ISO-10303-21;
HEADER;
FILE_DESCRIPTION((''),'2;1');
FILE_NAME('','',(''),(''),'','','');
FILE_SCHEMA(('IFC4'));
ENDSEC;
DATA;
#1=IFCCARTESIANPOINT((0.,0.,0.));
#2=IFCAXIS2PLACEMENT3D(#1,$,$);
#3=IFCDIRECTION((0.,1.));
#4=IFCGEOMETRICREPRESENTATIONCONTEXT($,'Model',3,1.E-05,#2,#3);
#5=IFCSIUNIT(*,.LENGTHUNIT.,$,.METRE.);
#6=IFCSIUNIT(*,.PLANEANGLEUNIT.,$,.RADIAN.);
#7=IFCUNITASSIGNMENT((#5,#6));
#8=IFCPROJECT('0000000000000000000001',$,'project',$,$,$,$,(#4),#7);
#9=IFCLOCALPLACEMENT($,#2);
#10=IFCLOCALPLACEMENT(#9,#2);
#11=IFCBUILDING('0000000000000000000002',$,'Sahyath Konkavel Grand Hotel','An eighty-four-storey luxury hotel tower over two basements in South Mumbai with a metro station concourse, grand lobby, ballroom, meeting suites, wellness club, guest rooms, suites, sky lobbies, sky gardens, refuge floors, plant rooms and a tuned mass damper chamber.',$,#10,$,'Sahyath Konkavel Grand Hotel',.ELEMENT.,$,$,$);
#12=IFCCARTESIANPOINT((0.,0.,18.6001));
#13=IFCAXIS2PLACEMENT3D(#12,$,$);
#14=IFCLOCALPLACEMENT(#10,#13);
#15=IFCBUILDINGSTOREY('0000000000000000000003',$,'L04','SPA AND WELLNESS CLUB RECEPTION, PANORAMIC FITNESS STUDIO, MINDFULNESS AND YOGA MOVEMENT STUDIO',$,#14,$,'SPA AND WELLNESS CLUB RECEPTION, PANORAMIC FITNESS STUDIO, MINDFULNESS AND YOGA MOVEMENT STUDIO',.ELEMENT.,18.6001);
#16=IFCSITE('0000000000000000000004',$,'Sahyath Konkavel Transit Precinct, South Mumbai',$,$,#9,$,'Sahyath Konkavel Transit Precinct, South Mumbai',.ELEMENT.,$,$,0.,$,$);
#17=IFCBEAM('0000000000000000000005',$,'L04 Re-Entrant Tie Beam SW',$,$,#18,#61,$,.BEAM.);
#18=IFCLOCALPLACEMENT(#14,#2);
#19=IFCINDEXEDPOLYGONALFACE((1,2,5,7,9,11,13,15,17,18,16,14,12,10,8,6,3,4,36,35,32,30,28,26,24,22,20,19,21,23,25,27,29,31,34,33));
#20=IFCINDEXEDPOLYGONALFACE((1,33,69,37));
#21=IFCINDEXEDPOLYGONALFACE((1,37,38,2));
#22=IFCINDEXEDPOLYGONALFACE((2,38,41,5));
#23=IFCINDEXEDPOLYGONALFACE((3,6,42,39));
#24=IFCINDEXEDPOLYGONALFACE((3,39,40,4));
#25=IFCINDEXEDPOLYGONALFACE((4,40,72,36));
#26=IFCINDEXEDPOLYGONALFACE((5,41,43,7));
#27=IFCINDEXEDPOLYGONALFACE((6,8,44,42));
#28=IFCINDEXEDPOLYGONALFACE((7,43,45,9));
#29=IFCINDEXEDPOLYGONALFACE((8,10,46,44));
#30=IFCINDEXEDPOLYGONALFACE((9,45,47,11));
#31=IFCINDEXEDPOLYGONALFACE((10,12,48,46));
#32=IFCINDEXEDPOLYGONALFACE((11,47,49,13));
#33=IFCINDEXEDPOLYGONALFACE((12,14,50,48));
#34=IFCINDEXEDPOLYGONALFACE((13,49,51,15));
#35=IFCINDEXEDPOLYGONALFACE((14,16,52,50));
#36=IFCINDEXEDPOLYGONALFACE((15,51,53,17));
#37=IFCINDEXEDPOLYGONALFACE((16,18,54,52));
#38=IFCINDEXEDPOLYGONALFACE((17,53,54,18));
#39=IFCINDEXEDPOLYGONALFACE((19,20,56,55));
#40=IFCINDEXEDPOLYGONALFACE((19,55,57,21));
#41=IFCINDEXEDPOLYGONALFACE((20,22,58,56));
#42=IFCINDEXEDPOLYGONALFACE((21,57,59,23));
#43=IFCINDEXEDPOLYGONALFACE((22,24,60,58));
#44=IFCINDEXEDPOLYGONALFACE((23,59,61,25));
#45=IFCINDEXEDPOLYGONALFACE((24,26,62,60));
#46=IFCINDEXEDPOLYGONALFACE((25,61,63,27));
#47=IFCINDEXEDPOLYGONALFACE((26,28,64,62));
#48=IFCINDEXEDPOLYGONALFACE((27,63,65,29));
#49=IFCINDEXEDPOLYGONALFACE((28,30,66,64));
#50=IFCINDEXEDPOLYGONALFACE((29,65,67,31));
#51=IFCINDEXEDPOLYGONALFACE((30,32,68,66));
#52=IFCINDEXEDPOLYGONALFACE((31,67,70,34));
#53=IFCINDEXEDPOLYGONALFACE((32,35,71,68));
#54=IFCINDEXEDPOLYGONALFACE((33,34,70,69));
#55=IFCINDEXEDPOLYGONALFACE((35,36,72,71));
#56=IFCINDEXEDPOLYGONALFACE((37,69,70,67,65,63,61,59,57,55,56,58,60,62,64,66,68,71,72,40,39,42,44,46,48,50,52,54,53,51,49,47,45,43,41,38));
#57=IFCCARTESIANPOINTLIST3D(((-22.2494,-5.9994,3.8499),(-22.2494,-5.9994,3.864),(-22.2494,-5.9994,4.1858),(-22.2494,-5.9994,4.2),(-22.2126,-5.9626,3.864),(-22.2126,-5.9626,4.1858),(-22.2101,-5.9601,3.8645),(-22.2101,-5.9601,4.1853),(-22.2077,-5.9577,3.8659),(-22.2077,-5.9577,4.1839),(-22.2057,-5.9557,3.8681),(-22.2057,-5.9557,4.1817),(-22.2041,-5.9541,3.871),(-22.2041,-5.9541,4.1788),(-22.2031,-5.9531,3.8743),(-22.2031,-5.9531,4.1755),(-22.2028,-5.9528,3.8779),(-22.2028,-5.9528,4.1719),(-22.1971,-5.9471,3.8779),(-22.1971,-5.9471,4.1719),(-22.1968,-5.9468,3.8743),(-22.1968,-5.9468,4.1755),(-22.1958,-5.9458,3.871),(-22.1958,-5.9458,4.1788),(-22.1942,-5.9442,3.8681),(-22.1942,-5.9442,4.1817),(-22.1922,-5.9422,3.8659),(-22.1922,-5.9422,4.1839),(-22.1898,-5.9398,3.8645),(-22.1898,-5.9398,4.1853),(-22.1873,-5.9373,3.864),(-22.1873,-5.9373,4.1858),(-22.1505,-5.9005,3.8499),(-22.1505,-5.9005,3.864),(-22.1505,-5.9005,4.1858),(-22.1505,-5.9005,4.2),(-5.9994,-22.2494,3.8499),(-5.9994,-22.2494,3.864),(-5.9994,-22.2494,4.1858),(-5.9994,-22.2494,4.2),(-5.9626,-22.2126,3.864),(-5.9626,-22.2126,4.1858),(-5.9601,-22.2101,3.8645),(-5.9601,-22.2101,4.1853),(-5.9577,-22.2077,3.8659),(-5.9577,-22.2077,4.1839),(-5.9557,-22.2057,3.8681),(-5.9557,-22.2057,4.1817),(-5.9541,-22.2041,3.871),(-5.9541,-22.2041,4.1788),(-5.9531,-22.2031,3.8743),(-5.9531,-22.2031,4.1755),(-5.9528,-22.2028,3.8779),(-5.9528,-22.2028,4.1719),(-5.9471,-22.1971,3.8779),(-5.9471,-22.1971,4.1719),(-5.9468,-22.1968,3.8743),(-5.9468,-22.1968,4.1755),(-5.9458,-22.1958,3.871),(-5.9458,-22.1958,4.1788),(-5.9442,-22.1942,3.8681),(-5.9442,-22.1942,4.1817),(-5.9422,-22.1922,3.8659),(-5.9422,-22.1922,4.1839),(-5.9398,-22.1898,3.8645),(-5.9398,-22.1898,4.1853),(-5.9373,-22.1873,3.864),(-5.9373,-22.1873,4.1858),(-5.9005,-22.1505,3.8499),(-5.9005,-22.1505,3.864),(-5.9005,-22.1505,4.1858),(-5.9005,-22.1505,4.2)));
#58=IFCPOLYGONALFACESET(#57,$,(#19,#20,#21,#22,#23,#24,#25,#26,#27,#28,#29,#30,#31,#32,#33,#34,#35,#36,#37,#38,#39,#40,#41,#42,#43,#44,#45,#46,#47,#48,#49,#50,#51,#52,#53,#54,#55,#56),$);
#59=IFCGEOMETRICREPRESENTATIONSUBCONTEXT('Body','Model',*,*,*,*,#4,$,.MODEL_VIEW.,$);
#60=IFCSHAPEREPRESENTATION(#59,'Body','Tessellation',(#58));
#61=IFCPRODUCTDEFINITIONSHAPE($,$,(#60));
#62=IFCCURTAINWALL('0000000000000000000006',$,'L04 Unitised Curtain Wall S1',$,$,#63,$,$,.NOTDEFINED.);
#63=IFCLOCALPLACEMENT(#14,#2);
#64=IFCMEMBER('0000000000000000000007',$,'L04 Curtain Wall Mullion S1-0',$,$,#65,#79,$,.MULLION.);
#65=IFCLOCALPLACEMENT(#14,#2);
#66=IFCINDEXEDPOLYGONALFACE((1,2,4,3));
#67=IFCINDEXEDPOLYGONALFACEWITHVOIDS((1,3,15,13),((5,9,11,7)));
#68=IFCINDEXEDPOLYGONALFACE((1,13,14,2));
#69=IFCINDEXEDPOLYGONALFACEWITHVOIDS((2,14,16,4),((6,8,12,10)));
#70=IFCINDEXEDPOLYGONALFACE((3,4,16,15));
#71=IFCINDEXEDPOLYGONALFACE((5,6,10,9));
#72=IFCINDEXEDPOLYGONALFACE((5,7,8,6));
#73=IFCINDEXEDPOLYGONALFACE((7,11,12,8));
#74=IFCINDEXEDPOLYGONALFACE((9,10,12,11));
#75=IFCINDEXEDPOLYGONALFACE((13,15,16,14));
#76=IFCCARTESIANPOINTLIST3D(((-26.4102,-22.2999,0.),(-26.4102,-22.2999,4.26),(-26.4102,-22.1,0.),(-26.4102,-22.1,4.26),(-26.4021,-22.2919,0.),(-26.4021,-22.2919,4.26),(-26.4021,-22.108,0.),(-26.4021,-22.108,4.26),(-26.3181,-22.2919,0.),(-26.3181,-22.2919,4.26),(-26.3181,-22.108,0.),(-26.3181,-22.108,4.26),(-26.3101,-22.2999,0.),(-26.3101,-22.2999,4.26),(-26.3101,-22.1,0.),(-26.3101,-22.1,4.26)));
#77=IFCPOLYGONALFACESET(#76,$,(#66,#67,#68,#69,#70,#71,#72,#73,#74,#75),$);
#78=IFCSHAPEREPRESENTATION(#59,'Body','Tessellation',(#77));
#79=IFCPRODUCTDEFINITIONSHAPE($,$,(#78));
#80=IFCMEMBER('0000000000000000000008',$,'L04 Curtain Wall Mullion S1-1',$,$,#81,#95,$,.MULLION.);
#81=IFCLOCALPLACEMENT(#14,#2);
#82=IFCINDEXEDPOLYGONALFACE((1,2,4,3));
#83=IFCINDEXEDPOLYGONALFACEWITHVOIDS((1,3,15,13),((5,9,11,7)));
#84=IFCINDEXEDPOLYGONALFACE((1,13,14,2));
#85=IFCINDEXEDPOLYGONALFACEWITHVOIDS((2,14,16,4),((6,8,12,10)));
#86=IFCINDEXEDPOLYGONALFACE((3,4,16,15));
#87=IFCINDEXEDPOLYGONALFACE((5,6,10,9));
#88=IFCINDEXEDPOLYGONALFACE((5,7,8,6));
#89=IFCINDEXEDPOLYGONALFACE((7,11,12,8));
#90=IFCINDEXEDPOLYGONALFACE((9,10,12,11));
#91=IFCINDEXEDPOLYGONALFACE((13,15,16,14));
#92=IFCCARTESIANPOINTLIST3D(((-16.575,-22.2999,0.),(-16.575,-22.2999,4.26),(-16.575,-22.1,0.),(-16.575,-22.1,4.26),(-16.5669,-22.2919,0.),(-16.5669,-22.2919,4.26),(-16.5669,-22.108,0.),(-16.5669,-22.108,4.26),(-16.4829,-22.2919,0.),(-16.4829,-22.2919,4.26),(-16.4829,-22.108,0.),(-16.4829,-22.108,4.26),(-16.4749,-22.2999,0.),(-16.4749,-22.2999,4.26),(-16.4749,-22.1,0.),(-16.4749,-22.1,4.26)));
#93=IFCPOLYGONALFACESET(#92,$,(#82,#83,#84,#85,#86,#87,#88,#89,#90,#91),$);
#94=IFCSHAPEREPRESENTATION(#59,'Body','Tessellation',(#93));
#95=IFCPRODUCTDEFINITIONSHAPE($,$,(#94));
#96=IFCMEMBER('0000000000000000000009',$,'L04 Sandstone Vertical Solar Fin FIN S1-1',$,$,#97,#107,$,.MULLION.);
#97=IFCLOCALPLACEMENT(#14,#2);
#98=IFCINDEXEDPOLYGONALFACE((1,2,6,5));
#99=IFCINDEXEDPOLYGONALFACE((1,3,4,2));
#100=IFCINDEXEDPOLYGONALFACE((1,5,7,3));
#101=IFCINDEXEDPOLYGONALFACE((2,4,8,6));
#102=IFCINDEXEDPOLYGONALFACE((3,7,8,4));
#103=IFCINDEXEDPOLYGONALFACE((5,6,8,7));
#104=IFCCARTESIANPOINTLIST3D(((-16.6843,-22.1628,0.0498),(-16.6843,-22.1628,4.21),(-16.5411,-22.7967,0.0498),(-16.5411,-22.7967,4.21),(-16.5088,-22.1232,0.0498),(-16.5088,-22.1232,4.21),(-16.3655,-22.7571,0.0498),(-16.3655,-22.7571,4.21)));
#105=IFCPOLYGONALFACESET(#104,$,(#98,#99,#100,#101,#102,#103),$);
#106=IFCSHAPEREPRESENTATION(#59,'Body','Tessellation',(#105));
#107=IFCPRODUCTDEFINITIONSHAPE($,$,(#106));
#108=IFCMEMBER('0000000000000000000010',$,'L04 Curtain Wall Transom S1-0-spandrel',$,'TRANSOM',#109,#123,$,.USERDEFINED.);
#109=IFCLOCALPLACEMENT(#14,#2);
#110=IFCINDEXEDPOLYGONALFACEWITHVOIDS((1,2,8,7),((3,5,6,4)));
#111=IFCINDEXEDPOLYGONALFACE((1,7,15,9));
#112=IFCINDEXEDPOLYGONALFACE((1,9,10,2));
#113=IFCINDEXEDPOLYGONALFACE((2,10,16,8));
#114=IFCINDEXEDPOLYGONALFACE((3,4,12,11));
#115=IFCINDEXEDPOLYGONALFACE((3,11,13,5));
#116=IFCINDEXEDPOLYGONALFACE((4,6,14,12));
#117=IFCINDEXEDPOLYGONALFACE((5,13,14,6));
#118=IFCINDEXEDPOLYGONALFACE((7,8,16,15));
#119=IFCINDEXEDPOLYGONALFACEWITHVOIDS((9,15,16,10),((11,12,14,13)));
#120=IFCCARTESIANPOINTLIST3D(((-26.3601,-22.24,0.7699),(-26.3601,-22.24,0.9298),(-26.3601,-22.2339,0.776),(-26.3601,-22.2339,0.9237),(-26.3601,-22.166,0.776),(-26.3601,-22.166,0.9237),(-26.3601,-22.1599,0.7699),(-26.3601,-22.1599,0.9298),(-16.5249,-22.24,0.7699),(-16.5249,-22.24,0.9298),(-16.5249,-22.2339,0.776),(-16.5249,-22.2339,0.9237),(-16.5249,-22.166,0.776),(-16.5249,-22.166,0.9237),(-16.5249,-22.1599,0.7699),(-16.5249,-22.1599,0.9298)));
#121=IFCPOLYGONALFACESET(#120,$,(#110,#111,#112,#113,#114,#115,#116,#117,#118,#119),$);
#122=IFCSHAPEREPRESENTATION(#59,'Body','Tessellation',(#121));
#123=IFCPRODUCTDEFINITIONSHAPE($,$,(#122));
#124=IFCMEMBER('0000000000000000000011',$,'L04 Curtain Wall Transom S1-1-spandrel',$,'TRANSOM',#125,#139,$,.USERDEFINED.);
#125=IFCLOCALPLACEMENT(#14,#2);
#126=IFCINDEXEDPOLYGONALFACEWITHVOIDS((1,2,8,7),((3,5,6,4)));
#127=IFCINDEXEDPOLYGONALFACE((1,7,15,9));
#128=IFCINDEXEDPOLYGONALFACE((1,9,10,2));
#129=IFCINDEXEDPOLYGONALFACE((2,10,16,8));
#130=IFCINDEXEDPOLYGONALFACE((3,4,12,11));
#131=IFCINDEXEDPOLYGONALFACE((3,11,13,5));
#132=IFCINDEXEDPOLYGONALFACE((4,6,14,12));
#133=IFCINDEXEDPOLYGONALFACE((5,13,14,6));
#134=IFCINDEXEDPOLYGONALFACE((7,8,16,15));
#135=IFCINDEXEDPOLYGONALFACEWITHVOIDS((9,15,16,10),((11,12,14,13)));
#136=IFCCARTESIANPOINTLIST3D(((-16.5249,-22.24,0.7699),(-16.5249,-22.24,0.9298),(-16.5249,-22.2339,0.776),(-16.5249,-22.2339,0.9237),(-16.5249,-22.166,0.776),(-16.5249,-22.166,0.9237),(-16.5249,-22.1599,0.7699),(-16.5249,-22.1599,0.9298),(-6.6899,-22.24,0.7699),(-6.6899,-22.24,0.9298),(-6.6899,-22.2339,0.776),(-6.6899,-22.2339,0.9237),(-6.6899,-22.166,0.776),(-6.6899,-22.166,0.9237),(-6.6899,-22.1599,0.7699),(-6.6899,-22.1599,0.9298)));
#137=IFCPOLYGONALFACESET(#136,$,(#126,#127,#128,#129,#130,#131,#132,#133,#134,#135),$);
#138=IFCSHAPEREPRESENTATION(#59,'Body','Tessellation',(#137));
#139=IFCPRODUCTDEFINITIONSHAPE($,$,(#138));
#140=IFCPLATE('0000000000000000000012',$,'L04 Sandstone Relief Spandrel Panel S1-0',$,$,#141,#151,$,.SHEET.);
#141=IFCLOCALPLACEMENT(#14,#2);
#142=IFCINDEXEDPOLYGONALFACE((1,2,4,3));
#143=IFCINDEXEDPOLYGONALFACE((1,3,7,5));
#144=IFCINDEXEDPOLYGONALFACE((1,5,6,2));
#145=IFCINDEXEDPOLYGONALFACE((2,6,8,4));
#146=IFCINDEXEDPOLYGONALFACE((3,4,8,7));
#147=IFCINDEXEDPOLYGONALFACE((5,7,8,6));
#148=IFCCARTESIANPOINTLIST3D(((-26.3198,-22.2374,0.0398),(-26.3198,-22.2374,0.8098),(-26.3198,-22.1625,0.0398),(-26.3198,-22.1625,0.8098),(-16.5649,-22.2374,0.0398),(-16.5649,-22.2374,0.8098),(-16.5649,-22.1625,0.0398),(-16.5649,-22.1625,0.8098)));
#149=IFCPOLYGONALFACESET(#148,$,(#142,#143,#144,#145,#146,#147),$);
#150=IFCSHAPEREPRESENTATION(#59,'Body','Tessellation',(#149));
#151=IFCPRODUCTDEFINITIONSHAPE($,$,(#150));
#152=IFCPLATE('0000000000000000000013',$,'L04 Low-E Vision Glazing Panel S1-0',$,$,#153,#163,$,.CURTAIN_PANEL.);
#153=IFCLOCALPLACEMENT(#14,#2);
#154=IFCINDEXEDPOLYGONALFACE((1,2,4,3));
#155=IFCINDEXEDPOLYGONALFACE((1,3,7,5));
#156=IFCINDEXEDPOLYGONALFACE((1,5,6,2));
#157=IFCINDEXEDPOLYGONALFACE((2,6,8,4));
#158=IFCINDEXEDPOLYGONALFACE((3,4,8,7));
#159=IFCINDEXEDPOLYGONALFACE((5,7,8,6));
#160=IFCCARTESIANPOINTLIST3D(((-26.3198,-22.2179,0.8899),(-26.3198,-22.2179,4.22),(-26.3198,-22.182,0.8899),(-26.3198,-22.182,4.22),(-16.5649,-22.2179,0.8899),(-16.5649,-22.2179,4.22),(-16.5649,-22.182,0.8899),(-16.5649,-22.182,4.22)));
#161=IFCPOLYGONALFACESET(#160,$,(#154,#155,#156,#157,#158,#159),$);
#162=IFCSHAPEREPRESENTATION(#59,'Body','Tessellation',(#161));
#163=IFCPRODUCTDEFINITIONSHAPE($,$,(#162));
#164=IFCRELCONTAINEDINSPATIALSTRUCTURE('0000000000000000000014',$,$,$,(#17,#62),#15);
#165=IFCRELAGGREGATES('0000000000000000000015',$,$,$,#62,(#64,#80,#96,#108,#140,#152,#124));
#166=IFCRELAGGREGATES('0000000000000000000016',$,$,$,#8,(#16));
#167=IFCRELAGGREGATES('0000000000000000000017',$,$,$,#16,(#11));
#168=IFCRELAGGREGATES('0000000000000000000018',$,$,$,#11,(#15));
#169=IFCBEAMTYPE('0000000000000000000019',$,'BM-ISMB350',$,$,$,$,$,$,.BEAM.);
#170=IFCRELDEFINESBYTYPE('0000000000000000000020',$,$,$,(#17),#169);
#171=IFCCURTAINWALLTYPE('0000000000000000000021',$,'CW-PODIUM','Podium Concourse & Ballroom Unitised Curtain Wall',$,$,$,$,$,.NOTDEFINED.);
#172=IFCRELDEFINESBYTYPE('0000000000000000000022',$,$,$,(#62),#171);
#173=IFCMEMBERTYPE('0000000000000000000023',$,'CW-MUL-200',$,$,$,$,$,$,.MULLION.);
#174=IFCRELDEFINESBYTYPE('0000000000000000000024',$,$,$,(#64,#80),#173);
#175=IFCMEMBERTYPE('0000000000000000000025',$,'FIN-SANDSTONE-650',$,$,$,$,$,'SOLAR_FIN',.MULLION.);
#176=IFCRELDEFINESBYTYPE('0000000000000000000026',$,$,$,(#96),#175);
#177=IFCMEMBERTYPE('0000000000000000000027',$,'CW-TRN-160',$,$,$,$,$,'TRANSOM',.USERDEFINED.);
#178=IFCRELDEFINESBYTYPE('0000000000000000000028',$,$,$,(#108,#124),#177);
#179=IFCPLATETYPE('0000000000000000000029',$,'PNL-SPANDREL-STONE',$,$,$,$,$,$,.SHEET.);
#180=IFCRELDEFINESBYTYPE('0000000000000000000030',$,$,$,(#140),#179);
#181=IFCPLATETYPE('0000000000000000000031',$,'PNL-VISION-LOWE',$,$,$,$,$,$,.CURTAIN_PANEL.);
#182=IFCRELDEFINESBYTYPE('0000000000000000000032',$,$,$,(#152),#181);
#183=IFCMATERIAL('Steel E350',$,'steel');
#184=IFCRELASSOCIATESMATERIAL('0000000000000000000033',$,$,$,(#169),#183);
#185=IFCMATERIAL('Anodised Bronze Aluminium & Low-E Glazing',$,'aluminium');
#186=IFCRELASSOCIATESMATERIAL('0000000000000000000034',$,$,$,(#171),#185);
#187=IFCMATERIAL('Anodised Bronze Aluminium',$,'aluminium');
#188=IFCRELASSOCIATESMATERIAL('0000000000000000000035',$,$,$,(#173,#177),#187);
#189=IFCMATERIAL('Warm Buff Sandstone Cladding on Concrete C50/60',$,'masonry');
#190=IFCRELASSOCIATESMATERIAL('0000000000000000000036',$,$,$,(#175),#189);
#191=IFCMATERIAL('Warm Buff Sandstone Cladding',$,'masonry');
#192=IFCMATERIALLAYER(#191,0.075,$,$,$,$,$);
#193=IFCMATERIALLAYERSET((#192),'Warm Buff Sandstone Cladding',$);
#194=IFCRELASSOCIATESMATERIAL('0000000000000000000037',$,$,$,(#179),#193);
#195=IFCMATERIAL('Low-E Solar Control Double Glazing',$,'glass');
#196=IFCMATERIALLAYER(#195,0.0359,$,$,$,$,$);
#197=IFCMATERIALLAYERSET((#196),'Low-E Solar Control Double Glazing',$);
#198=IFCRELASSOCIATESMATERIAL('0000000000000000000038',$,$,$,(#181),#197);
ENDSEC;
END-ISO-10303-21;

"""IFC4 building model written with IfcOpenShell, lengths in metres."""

from ifc_helpers import new_model, si_unit, direction, frame, origin, origin_2d, place, context, subcontext, project, spatial, rectangle, hollow_rectangle, i_section, extrude, source, transform, mapped, material, layer, layer_set, material_profile, profile_set, type_object, element, aggregate, save


model = new_model("IFC4")

# Units and contexts
model_context = context("Model", 3, precision=1e-05, world=origin(), true_north=direction((0.0, 1.0)))
body_context = subcontext(model_context, "Body", "Model", "MODEL_VIEW")
ifc_project = project(units=[si_unit("LENGTHUNIT", "METRE"), si_unit("PLANEANGLEUNIT", "RADIAN")], contexts=[model_context])

# Site, building, storey
site_placement = place(None, origin())
site = spatial("IfcSite", under=ifc_project, at=site_placement, Name="Sahyath Konkavel Transit Precinct, South Mumbai", LongName="Sahyath Konkavel Transit Precinct, South Mumbai", CompositionType="ELEMENT", RefElevation=0.0)
building_placement = place(site_placement, origin())
building = spatial("IfcBuilding", under=site, at=building_placement, Name="Sahyath Konkavel Grand Hotel", Description="An eighty-four-storey luxury hotel tower over two basements in South Mumbai with a metro station concourse, grand lobby, ballroom, meeting suites, wellness club, guest rooms, suites, sky lobbies, sky gardens, refuge floors, plant rooms and a tuned mass damper chamber.", LongName="Sahyath Konkavel Grand Hotel", CompositionType="ELEMENT")
storey_placement = place(building_placement, frame((0.0, 0.0, 18.6001)))
storey = spatial("IfcBuildingStorey", under=building, at=storey_placement, Name="L04", Description="SPA AND WELLNESS CLUB RECEPTION, PANORAMIC FITNESS STUDIO, MINDFULNESS AND YOGA MOVEMENT STUDIO", LongName="SPA AND WELLNESS CLUB RECEPTION, PANORAMIC FITNESS STUDIO, MINDFULNESS AND YOGA MOVEMENT STUDIO", CompositionType="ELEMENT", Elevation=18.6001)

# Shared definitions
ifc_material_1 = material(Name="Steel E350", Category="steel")

# Beam
ifc_material_profile_1 = material_profile(ifc_material_1, i_section(OverallWidth=0.1399, OverallDepth=0.3501, WebThickness=0.0081, FlangeThickness=0.0142, FilletRadius=0.0139, at=origin_2d()), Name="ISMB 350")
ifc_profile_set_1 = profile_set([ifc_material_profile_1], Name="Steel E350")
beam_type_1 = type_object("IfcBeamType", Name="BM-ISMB350", PredefinedType="BEAM", material=ifc_profile_set_1)
shared_shape_1 = source(origin(), body_context, "Body", "SweptSolid", [
    extrude(i_section(OverallWidth=0.1399, OverallDepth=0.3501, WebThickness=0.0081, FlangeThickness=0.0142, FilletRadius=0.0139, at=origin_2d()), origin(), (0.0, 0.0, 1.0), 22.981),
])
beam_1_placement = place(storey_placement, frame((-22.2, -5.95, 4.0249), z_axis=(0.707107, -0.707107, 0.0), x_axis=(0.707107, 0.707107, 0.0)))
element("IfcBeam", 1, at=beam_1_placement, inside=storey, type_object=beam_type_1, Name="L04 Re-Entrant Tie Beam SW", PredefinedType="BEAM", context=body_context, shape_type="MappedRepresentation", body=[
    mapped(shared_shape_1, transform((0.0, 0.0, 0.0), scale=1.0)),
])

# Curtain wall, members, plates
ifc_material_2 = material(Name="Anodised Bronze Aluminium & Low-E Glazing", Category="aluminium")
curtain_wall_type = type_object("IfcCurtainWallType", Name="CW-PODIUM", Description="Podium Concourse & Ballroom Unitised Curtain Wall", PredefinedType="NOTDEFINED", material=ifc_material_2)
curtain_wall_placement = place(storey_placement, origin())
curtain_wall = element("IfcCurtainWall", 2, at=curtain_wall_placement, inside=storey, type_object=curtain_wall_type, Name="L04 Unitised Curtain Wall S1", PredefinedType="NOTDEFINED")
ifc_material_3 = material(Name="Anodised Bronze Aluminium", Category="aluminium")
ifc_material_profile_2 = material_profile(ifc_material_3, hollow_rectangle(XDim=0.1001, YDim=0.2, WallThickness=0.0081, at=origin_2d()), Name="RHS 200x100x8")
ifc_profile_set_2 = profile_set([ifc_material_profile_2], Name="Anodised Bronze Aluminium")
member_type_1 = type_object("IfcMemberType", Name="CW-MUL-200", PredefinedType="MULLION", material=ifc_profile_set_2)
shared_shape_2 = source(origin(), body_context, "Body", "SweptSolid", [
    extrude(hollow_rectangle(XDim=0.1001, YDim=0.2, WallThickness=0.0081, at=origin_2d()), origin(), (0.0, 0.0, 1.0), 4.26),
])
member_1_placement = place(storey_placement, frame((-26.3601, -22.2, 0.0), z_axis=(0.0, 0.0, 1.0), x_axis=(1.0, 0.0, 0.0)))
member_1 = element("IfcMember", 3, at=member_1_placement, type_object=member_type_1, Name="L04 Curtain Wall Mullion S1-0", PredefinedType="MULLION", context=body_context, shape_type="MappedRepresentation", body=[
    mapped(shared_shape_2, transform((0.0, 0.0, 0.0), scale=1.0)),
])
member_2_placement = place(storey_placement, frame((-16.5249, -22.2, 0.0), z_axis=(0.0, 0.0, 1.0), x_axis=(1.0, 0.0, 0.0)))
member_2 = element("IfcMember", 4, at=member_2_placement, type_object=member_type_1, Name="L04 Curtain Wall Mullion S1-1", PredefinedType="MULLION", context=body_context, shape_type="MappedRepresentation", body=[
    mapped(shared_shape_2, transform((0.0, 0.0, 0.0), scale=1.0)),
])
ifc_material_4 = material(Name="Warm Buff Sandstone Cladding on Concrete C50/60", Category="masonry")
ifc_material_profile_3 = material_profile(ifc_material_4, rectangle(XDim=0.1799, YDim=0.6499, at=origin_2d()), Name="FIN 180x650")
ifc_profile_set_3 = profile_set([ifc_material_profile_3], Name="Warm Buff Sandstone Cladding on Concrete C50/60")
member_type_2 = type_object("IfcMemberType", Name="FIN-SANDSTONE-650", ElementType="SOLAR_FIN", PredefinedType="MULLION", material=ifc_profile_set_3)
shared_shape_3 = source(origin(), body_context, "Body", "SweptSolid", [
    extrude(rectangle(XDim=0.1799, YDim=0.6499, at=origin_2d()), origin(), (0.0, 0.0, 1.0), 4.1602),
])
member_3_placement = place(storey_placement, frame((-16.5249, -22.46, 0.0498), z_axis=(0.0, 0.0, 1.0), x_axis=(0.975419, 0.220357, 0.0)))
member_3 = element("IfcMember", 5, at=member_3_placement, type_object=member_type_2, Name="L04 Sandstone Vertical Solar Fin FIN S1-1", PredefinedType="MULLION", context=body_context, shape_type="MappedRepresentation", body=[
    mapped(shared_shape_3, transform((0.0, 0.0, 0.0), scale=1.0)),
])
ifc_material_profile_4 = material_profile(ifc_material_3, hollow_rectangle(XDim=0.0801, YDim=0.1599, WallThickness=0.0061, at=origin_2d()), Name="RHS 160x80x6")
ifc_profile_set_4 = profile_set([ifc_material_profile_4], Name="Anodised Bronze Aluminium")
member_type_3 = type_object("IfcMemberType", Name="CW-TRN-160", ElementType="TRANSOM", PredefinedType="USERDEFINED", material=ifc_profile_set_4)
shared_shape_4 = source(origin(), body_context, "Body", "SweptSolid", [
    extrude(hollow_rectangle(XDim=0.0801, YDim=0.1599, WallThickness=0.0061, at=origin_2d()), origin(), (0.0, 0.0, 1.0), 9.8352),
])
member_4_placement = place(storey_placement, frame((-26.3601, -22.2, 0.8499), z_axis=(1.0, 0.0, 0.0), x_axis=(0.0, 1.0, 0.0)))
member_4 = element("IfcMember", 6, at=member_4_placement, type_object=member_type_3, Name="L04 Curtain Wall Transom S1-0-spandrel", ObjectType="TRANSOM", PredefinedType="USERDEFINED", context=body_context, shape_type="MappedRepresentation", body=[
    mapped(shared_shape_4, transform((0.0, 0.0, 0.0), scale=1.0)),
])
shared_shape_5 = source(origin(), body_context, "Body", "SweptSolid", [
    extrude(hollow_rectangle(XDim=0.0801, YDim=0.1599, WallThickness=0.0061, at=origin_2d()), origin(), (0.0, 0.0, 1.0), 9.835),
])
member_5_placement = place(storey_placement, frame((-16.5249, -22.2, 0.8499), z_axis=(1.0, 0.0, 0.0), x_axis=(0.0, 1.0, 0.0)))
member_5 = element("IfcMember", 7, at=member_5_placement, type_object=member_type_3, Name="L04 Curtain Wall Transom S1-1-spandrel", ObjectType="TRANSOM", PredefinedType="USERDEFINED", context=body_context, shape_type="MappedRepresentation", body=[
    mapped(shared_shape_5, transform((0.0, 0.0, 0.0), scale=1.0)),
])
ifc_material_5 = material(Name="Warm Buff Sandstone Cladding", Category="masonry")
ifc_layer_1 = layer(ifc_material_5, 0.075)
ifc_layer_set_1 = layer_set([ifc_layer_1], Name="Warm Buff Sandstone Cladding")
plate_type_1 = type_object("IfcPlateType", Name="PNL-SPANDREL-STONE", PredefinedType="SHEET", material=ifc_layer_set_1)
shared_shape_6 = source(origin(), body_context, "Body", "SweptSolid", [
    extrude(rectangle(XDim=9.7549, YDim=0.075, at=origin_2d()), origin(), (0.0, 0.0, 1.0), 0.77),
])
plate_1_placement = place(storey_placement, frame((-21.4424, -22.2, 0.0398), z_axis=(0.0, 0.0, 1.0), x_axis=(1.0, 0.0, 0.0)))
plate_1 = element("IfcPlate", 8, at=plate_1_placement, type_object=plate_type_1, Name="L04 Sandstone Relief Spandrel Panel S1-0", PredefinedType="SHEET", context=body_context, shape_type="MappedRepresentation", body=[
    mapped(shared_shape_6, transform((0.0, 0.0, 0.0), scale=1.0)),
])
ifc_material_6 = material(Name="Low-E Solar Control Double Glazing", Category="glass")
ifc_layer_2 = layer(ifc_material_6, 0.0359)
ifc_layer_set_2 = layer_set([ifc_layer_2], Name="Low-E Solar Control Double Glazing")
plate_type_2 = type_object("IfcPlateType", Name="PNL-VISION-LOWE", PredefinedType="CURTAIN_PANEL", material=ifc_layer_set_2)
shared_shape_7 = source(origin(), body_context, "Body", "SweptSolid", [
    extrude(rectangle(XDim=9.7549, YDim=0.0359, at=origin_2d()), origin(), (0.0, 0.0, 1.0), 3.3301),
])
plate_2_placement = place(storey_placement, frame((-21.4424, -22.2, 0.8899), z_axis=(0.0, 0.0, 1.0), x_axis=(1.0, 0.0, 0.0)))
plate_2 = element("IfcPlate", 9, at=plate_2_placement, type_object=plate_type_2, Name="L04 Low-E Vision Glazing Panel S1-0", PredefinedType="CURTAIN_PANEL", context=body_context, shape_type="MappedRepresentation", body=[
    mapped(shared_shape_7, transform((0.0, 0.0, 0.0), scale=1.0)),
])
aggregate(curtain_wall, [member_1, member_2, member_3, member_4, plate_1, plate_2, member_5])

save(model, "model.ifc")
